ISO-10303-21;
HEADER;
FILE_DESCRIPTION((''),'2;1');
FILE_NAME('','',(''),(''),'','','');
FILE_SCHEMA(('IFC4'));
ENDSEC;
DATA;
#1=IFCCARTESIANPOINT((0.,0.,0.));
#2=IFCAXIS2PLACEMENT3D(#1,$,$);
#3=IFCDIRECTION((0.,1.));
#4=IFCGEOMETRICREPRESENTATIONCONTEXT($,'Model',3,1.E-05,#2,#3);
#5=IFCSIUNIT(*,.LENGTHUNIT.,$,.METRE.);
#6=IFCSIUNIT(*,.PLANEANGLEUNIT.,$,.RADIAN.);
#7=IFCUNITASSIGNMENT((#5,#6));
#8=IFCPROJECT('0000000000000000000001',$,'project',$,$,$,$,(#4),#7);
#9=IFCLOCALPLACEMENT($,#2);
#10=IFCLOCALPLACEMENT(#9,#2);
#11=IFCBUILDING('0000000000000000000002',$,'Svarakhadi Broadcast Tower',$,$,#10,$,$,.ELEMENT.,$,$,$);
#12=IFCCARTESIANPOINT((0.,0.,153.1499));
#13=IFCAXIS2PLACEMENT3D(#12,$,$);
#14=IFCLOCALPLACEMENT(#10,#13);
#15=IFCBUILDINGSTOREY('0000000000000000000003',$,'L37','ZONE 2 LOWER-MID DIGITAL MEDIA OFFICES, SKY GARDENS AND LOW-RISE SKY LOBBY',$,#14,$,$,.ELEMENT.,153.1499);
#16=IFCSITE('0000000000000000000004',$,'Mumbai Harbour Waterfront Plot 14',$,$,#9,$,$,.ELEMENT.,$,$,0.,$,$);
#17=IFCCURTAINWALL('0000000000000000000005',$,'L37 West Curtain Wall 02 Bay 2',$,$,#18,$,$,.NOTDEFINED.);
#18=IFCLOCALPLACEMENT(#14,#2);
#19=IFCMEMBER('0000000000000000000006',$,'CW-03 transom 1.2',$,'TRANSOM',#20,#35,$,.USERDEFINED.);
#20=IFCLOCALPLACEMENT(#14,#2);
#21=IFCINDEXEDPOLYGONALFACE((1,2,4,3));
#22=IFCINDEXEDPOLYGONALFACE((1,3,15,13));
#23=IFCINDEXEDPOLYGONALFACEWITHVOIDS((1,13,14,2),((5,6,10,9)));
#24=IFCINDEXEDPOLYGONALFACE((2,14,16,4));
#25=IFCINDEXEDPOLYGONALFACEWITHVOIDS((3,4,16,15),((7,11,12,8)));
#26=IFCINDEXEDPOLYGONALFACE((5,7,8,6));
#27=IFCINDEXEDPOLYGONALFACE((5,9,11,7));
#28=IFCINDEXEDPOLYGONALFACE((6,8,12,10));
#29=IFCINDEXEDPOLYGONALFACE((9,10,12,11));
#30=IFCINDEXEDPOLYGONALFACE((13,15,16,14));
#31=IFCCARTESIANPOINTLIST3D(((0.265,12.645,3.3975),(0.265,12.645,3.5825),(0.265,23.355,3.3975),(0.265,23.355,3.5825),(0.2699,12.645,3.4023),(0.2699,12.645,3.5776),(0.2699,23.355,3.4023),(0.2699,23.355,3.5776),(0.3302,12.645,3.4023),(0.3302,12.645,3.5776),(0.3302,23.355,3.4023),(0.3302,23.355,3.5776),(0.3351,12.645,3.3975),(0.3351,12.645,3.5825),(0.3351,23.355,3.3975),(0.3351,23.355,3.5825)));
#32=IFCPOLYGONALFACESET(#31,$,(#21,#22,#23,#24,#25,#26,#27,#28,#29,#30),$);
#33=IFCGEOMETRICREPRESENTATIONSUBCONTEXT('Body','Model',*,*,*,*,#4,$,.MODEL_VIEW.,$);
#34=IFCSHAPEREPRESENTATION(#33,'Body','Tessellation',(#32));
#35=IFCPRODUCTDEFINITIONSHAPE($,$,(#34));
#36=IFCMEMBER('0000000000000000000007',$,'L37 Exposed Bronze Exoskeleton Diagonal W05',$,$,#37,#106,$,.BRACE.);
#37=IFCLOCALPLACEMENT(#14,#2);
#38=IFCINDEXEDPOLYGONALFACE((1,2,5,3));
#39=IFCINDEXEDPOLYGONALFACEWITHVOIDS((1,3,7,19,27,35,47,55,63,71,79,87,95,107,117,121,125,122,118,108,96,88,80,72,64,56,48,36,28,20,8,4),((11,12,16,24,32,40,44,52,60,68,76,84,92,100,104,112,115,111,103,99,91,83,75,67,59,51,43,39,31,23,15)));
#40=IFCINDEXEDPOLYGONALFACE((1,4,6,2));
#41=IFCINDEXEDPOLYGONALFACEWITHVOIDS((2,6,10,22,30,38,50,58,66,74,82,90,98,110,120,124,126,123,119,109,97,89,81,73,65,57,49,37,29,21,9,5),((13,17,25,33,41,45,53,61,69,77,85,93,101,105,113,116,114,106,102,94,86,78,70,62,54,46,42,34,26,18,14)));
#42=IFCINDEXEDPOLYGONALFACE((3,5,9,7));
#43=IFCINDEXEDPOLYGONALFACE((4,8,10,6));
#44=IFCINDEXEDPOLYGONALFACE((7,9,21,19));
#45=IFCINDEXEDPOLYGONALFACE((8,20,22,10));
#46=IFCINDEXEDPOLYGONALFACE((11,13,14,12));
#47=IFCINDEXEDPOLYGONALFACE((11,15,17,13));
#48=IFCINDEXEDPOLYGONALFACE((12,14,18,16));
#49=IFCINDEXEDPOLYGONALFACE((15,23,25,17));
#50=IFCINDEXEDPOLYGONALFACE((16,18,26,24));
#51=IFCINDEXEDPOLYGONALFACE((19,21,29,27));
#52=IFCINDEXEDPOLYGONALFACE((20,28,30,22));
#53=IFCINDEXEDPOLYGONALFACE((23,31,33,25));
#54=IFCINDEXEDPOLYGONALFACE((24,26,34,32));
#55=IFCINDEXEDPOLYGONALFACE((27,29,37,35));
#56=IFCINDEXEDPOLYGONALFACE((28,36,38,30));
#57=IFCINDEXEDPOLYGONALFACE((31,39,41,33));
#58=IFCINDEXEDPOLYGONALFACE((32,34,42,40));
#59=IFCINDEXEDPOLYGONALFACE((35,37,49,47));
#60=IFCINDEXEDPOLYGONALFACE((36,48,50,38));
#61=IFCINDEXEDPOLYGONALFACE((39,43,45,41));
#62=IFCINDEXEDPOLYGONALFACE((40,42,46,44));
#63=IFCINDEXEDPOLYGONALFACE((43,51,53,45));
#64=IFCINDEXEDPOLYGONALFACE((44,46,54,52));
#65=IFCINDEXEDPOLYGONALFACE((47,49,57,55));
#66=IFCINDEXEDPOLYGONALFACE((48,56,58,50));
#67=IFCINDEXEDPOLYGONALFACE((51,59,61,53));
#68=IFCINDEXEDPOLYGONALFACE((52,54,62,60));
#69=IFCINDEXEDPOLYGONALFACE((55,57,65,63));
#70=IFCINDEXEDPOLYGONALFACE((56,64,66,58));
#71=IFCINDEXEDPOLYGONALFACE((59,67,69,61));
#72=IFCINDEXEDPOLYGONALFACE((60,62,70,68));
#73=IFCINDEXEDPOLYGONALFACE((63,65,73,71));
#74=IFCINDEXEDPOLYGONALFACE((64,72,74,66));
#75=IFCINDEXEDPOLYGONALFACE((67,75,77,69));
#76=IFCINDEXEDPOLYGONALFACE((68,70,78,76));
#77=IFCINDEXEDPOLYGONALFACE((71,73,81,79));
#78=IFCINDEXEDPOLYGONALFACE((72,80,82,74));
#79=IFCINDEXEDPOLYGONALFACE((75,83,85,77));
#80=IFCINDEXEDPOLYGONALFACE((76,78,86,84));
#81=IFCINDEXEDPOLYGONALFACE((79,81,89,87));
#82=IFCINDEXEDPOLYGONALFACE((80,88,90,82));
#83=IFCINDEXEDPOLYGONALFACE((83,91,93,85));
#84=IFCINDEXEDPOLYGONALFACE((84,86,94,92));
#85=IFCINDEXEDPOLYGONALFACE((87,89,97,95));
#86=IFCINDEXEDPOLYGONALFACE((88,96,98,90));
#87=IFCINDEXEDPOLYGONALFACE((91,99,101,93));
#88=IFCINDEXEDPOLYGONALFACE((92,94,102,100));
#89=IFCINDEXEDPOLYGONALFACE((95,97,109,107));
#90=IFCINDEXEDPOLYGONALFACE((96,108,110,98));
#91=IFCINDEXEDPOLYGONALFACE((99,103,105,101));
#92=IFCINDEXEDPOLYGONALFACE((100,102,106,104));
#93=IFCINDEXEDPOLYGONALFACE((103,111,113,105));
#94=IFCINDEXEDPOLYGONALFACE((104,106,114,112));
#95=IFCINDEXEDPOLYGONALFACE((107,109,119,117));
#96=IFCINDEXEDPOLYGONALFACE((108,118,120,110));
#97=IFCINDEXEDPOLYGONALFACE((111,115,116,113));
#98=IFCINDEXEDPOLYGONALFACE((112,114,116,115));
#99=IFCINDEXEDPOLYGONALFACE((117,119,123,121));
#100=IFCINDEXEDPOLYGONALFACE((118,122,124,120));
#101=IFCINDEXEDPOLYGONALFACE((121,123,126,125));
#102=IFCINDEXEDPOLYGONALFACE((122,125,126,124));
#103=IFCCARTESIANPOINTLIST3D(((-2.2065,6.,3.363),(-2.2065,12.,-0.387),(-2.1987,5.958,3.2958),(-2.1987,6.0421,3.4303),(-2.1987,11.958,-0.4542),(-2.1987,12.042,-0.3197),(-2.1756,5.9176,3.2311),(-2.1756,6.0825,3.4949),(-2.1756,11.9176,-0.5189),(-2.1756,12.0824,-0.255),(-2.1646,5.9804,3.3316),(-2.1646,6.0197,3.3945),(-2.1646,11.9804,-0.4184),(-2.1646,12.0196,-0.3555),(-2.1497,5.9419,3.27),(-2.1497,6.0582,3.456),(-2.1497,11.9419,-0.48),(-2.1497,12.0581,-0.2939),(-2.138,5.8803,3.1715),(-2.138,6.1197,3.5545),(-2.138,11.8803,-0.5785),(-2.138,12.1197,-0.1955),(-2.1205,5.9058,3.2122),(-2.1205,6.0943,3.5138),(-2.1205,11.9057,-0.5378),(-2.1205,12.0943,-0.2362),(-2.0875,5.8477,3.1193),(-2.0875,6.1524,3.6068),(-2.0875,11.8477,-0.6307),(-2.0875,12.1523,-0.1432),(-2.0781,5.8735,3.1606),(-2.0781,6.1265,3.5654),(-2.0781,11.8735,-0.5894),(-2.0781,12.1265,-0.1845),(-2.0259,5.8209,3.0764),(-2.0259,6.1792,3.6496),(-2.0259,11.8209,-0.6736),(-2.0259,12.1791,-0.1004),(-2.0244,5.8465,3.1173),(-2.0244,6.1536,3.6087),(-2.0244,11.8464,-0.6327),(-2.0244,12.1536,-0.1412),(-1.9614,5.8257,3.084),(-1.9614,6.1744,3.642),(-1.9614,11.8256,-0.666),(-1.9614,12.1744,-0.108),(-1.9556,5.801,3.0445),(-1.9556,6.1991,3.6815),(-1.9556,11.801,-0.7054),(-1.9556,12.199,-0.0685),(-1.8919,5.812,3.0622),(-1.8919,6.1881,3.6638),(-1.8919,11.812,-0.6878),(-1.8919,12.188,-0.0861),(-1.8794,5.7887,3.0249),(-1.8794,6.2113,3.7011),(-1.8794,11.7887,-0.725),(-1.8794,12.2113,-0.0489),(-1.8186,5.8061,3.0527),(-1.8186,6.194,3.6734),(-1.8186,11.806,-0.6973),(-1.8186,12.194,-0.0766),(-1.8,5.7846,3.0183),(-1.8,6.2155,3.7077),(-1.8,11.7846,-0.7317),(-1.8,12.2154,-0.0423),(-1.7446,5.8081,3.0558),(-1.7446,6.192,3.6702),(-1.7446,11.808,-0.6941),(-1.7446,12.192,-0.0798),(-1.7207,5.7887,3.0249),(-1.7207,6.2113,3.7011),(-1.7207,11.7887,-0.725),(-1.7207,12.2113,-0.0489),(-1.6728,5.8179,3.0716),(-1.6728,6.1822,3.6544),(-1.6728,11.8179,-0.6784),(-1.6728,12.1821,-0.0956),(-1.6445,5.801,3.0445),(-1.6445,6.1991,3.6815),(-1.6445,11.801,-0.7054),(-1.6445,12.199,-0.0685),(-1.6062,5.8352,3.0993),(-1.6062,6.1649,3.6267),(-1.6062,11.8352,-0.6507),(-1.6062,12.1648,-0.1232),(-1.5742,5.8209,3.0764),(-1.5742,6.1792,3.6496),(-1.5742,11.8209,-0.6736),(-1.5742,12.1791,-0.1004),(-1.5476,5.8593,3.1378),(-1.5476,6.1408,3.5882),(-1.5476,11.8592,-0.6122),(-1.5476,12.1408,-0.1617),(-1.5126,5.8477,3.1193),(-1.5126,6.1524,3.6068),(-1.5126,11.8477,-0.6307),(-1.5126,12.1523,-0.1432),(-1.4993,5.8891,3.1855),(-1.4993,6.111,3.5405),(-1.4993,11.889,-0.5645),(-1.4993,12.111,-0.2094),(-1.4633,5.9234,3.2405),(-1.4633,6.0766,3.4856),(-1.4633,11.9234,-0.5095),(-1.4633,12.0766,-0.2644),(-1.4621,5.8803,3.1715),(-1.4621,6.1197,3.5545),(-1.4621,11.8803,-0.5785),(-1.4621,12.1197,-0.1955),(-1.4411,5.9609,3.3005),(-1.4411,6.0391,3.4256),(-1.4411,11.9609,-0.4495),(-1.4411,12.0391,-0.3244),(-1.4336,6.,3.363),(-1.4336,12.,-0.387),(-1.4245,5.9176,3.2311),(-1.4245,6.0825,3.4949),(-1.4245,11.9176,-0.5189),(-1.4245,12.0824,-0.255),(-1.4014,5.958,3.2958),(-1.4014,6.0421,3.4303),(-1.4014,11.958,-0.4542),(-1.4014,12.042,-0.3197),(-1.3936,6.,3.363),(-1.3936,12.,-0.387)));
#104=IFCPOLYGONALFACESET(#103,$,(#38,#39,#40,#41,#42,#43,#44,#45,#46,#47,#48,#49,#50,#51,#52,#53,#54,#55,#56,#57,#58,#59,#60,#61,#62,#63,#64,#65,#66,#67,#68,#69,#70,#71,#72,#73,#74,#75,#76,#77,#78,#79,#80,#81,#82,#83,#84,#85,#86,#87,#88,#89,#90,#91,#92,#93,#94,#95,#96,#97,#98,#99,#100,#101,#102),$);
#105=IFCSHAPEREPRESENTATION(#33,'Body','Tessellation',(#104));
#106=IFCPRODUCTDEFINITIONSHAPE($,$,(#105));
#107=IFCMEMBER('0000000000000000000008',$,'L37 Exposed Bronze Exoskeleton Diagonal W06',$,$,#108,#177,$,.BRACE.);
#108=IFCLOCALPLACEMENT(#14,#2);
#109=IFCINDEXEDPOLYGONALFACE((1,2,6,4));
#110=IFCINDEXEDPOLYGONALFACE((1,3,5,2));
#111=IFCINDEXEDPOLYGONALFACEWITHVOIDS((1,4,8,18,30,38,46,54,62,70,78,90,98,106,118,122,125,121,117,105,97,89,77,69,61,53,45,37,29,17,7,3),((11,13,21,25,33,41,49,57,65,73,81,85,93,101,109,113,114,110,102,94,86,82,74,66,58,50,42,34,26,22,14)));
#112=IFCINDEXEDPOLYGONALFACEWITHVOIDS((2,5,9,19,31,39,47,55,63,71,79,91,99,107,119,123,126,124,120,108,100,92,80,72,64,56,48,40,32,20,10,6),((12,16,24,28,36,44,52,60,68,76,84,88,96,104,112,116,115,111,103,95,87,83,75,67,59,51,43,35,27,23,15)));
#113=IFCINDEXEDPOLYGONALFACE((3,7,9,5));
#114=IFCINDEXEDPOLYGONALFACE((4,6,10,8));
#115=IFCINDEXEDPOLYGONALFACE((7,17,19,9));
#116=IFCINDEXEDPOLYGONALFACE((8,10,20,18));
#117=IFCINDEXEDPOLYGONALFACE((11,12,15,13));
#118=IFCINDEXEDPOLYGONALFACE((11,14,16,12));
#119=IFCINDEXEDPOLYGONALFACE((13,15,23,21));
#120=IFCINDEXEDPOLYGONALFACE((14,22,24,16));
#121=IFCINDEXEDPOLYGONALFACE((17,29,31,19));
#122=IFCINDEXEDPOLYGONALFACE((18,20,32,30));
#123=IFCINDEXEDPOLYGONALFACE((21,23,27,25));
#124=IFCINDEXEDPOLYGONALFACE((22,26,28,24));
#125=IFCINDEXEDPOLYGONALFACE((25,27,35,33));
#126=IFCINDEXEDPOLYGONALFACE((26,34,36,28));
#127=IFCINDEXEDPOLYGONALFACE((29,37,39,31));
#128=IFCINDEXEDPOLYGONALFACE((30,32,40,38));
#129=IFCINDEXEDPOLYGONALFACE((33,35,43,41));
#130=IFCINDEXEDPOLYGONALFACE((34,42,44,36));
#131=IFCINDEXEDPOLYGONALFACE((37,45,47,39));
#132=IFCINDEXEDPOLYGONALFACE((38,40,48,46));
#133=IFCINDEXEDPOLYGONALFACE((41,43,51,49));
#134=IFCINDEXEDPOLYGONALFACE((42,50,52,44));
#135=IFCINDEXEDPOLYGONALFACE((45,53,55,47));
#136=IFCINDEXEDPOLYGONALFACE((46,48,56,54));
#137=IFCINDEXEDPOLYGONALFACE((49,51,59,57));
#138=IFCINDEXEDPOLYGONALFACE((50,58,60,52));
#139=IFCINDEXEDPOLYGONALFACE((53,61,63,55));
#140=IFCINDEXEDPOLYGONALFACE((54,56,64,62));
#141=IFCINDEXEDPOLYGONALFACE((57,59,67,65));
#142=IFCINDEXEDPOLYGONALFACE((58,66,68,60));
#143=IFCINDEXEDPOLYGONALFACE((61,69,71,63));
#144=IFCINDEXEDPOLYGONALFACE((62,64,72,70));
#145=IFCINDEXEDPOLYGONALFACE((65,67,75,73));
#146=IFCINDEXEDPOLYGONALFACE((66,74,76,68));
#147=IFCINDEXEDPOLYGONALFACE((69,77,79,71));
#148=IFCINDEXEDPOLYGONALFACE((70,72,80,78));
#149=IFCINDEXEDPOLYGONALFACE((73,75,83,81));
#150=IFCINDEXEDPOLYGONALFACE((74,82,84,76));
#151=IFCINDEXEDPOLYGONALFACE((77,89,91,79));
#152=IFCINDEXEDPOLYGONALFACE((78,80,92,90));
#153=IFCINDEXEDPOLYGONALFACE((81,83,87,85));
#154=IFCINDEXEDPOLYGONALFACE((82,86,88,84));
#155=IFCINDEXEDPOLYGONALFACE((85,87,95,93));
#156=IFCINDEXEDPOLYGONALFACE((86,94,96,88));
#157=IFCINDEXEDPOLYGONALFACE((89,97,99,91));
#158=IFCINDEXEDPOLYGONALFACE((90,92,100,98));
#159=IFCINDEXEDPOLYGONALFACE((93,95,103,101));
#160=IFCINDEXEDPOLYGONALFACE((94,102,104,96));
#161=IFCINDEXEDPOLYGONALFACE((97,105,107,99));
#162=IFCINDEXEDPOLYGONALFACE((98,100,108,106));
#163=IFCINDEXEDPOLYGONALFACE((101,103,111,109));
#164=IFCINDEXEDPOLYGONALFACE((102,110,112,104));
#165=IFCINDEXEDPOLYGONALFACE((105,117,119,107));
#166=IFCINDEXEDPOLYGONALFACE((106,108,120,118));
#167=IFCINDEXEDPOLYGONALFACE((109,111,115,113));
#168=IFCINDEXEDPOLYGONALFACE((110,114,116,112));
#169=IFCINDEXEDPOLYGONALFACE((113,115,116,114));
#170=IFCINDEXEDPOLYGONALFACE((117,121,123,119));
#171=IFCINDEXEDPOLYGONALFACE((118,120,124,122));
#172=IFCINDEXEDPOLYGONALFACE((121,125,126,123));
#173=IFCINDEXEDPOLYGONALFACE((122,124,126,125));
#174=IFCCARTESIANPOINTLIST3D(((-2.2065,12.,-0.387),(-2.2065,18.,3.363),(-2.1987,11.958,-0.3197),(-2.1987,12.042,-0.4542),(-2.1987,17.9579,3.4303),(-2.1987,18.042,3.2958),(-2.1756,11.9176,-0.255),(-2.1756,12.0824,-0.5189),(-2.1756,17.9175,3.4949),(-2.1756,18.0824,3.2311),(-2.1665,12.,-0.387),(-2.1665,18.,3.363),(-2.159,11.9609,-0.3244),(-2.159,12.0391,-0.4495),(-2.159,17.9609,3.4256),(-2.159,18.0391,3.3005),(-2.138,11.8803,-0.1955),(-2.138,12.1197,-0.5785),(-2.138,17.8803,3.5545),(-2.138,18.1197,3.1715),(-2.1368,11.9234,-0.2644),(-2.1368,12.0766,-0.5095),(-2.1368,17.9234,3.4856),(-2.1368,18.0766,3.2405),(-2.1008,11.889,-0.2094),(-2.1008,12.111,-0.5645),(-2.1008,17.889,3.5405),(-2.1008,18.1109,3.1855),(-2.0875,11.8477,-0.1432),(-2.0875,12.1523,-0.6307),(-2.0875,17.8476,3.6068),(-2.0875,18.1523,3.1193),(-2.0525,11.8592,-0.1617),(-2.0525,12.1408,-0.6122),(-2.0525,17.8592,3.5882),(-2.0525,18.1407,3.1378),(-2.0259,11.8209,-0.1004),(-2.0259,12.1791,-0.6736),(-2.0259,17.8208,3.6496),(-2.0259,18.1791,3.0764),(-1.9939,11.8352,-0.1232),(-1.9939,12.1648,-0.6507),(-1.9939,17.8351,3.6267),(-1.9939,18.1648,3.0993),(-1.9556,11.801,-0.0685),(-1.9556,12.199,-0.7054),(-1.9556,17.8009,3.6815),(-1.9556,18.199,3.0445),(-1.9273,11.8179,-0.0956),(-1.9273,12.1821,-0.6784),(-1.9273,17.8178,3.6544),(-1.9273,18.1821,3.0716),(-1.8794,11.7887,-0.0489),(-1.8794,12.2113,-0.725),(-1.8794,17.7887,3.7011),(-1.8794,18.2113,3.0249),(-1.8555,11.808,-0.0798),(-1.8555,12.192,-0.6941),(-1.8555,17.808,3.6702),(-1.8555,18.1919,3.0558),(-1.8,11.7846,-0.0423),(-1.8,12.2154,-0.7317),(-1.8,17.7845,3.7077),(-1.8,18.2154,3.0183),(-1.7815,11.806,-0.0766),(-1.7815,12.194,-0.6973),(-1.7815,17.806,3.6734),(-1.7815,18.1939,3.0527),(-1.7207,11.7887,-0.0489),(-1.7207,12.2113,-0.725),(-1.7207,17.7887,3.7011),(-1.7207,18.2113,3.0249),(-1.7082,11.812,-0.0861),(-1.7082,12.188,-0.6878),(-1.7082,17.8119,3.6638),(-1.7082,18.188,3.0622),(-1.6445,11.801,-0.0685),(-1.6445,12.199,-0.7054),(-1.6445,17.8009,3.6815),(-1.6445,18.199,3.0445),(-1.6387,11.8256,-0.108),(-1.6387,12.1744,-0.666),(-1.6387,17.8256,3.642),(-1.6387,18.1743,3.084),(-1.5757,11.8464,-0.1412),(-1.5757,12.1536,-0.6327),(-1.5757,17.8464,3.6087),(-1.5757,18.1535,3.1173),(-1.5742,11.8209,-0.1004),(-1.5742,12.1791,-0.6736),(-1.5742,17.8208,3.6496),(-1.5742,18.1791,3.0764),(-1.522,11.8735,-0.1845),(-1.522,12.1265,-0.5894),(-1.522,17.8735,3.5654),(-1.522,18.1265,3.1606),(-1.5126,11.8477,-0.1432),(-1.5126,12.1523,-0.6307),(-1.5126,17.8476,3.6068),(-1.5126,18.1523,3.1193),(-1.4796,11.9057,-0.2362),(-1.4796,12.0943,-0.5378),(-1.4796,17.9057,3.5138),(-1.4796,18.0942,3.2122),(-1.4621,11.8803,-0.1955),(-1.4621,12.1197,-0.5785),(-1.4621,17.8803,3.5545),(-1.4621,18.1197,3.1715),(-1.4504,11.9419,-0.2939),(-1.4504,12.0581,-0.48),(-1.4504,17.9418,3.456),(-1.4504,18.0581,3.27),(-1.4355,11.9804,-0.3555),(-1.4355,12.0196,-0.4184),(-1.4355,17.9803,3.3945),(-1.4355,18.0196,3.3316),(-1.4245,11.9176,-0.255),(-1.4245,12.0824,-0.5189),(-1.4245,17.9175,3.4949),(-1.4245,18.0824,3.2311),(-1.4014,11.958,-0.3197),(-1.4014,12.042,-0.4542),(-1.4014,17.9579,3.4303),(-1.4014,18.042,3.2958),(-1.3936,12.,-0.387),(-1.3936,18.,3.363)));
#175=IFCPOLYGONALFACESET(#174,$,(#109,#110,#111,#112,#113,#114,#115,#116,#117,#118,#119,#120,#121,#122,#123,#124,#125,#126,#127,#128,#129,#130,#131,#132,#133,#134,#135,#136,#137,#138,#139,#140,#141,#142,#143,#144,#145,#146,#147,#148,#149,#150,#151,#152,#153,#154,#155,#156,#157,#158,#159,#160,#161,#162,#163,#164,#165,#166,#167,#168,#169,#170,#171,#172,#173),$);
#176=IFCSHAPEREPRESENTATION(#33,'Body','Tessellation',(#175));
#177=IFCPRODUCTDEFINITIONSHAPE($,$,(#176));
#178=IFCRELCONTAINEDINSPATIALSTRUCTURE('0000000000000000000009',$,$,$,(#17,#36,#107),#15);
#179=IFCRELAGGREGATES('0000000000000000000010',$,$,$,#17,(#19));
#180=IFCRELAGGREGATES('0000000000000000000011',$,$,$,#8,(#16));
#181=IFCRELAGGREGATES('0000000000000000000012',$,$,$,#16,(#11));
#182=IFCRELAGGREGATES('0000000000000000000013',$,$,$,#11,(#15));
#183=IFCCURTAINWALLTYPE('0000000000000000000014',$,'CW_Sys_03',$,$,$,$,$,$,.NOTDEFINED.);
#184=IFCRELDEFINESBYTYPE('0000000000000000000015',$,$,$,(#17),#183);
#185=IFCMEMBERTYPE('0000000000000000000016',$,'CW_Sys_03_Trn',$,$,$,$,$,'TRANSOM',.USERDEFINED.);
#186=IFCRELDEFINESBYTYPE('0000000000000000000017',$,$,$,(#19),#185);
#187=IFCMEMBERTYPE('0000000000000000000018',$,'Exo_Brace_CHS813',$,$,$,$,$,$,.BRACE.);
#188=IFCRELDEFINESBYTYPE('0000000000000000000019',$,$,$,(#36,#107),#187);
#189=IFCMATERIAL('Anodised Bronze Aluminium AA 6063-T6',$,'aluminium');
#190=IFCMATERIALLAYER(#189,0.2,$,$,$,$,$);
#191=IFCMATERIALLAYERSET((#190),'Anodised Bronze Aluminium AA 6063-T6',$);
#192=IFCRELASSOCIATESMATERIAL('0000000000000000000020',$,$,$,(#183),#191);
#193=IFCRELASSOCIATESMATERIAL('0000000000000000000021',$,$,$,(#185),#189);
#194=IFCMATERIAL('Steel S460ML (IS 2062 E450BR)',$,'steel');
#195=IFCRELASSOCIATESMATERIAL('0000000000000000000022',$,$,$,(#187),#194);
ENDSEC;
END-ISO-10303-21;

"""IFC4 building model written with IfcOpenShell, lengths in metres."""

from ifc_helpers import new_model, si_unit, direction, frame, origin, origin_2d, place, context, subcontext, project, spatial, hollow_rectangle, hollow_circle, extrude, material, layer, layer_set, material_profile, profile_set, type_object, element, aggregate, save


model = new_model("IFC4")

# Units and contexts
model_context = context("Model", 3, precision=1e-05, world=origin(), true_north=direction((0.0, 1.0)))
body_context = subcontext(model_context, "Body", "Model", "MODEL_VIEW")
ifc_project = project(units=[si_unit("LENGTHUNIT", "METRE"), si_unit("PLANEANGLEUNIT", "RADIAN")], contexts=[model_context])

# Site, building, storey
site_placement = place(None, origin())
site = spatial("IfcSite", under=ifc_project, at=site_placement, Name="Mumbai Harbour Waterfront Plot 14", CompositionType="ELEMENT", RefElevation=0.0)
building_placement = place(site_placement, origin())
building = spatial("IfcBuilding", under=site, at=building_placement, Name="Svarakhadi Broadcast Tower", CompositionType="ELEMENT")
storey_placement = place(building_placement, frame((0.0, 0.0, 153.1499)))
storey = spatial("IfcBuildingStorey", under=building, at=storey_placement, Name="L37", Description="ZONE 2 LOWER-MID DIGITAL MEDIA OFFICES, SKY GARDENS AND LOW-RISE SKY LOBBY", CompositionType="ELEMENT", Elevation=153.1499)

# Shared definitions
ifc_material_1 = material(Name="Steel S460ML (IS 2062 E450BR)", Category="steel")

# Shared definitions
ifc_material_2 = material(Name="Anodised Bronze Aluminium AA 6063-T6", Category="aluminium")
ifc_layer_1 = layer(ifc_material_2, 0.2)
ifc_layer_set_1 = layer_set([ifc_layer_1], Name="Anodised Bronze Aluminium AA 6063-T6")
curtain_wall_type = type_object("IfcCurtainWallType", Name="CW_Sys_03", PredefinedType="NOTDEFINED", material=ifc_layer_set_1)

# Curtain wall, member
curtain_wall_1_placement = place(storey_placement, origin())
curtain_wall_1 = element("IfcCurtainWall", 1, at=curtain_wall_1_placement, inside=storey, type_object=curtain_wall_type, Name="L37 West Curtain Wall 02 Bay 2", PredefinedType="NOTDEFINED")
ifc_material_profile_1 = material_profile(ifc_material_2, hollow_rectangle(XDim=0.0701, YDim=0.1851, WallThickness=0.0049, at=origin_2d()), Name="ALU TRANSOM 185x70x5")
ifc_profile_set_1 = profile_set([ifc_material_profile_1], Name="Anodised Bronze Aluminium AA 6063-T6")
member_type_1 = type_object("IfcMemberType", Name="CW_Sys_03_Trn", ElementType="TRANSOM", PredefinedType="USERDEFINED", material=ifc_profile_set_1)
member_1_placement = place(storey_placement, frame((0.3, 12.645, 3.49), z_axis=(0.0, 1.0, 0.0), x_axis=(-1.0, 0.0, 0.0)))
member_1 = element("IfcMember", 2, at=member_1_placement, type_object=member_type_1, Name="CW-03 transom 1.2", ObjectType="TRANSOM", PredefinedType="USERDEFINED", context=body_context, shape_type="SweptSolid", body=[
    extrude(hollow_rectangle(XDim=0.0701, YDim=0.1851, WallThickness=0.0049, at=origin_2d()), origin(), (0.0, 0.0, 1.0), 10.71),
])

# Members
ifc_material_profile_2 = material_profile(ifc_material_1, hollow_circle(Radius=0.4065, WallThickness=0.04, at=origin_2d()), Name="CHS 813x40")
ifc_profile_set_2 = profile_set([ifc_material_profile_2], Name="Steel S460ML (IS 2062 E450BR)")
member_type_2 = type_object("IfcMemberType", Name="Exo_Brace_CHS813", PredefinedType="BRACE", material=ifc_profile_set_2)
for number, where, z_axis, x_axis, name in (
    (3, (-1.8, 12.0, -0.387), (0.0, -0.847998, 0.529999), (1.0, 0.0, 0.0), "L37 Exposed Bronze Exoskeleton Diagonal W05"),
    (4, (-1.8, 12.0, -0.387), (0.0, 0.847998, 0.529999), (-1.0, 0.0, 0.0), "L37 Exposed Bronze Exoskeleton Diagonal W06"),
):
    element("IfcMember", number, at=place(storey_placement, frame(where, z_axis=z_axis, x_axis=x_axis)), inside=storey, type_object=member_type_2, Name=name, PredefinedType="BRACE", context=body_context, shape_type="SweptSolid", body=[
        extrude(hollow_circle(Radius=0.4065, WallThickness=0.04, at=origin_2d()), origin(), (0.0, 0.0, 1.0), 7.0754),
    ])

aggregate(curtain_wall_1, [member_1])

save(model, "model.ifc")
